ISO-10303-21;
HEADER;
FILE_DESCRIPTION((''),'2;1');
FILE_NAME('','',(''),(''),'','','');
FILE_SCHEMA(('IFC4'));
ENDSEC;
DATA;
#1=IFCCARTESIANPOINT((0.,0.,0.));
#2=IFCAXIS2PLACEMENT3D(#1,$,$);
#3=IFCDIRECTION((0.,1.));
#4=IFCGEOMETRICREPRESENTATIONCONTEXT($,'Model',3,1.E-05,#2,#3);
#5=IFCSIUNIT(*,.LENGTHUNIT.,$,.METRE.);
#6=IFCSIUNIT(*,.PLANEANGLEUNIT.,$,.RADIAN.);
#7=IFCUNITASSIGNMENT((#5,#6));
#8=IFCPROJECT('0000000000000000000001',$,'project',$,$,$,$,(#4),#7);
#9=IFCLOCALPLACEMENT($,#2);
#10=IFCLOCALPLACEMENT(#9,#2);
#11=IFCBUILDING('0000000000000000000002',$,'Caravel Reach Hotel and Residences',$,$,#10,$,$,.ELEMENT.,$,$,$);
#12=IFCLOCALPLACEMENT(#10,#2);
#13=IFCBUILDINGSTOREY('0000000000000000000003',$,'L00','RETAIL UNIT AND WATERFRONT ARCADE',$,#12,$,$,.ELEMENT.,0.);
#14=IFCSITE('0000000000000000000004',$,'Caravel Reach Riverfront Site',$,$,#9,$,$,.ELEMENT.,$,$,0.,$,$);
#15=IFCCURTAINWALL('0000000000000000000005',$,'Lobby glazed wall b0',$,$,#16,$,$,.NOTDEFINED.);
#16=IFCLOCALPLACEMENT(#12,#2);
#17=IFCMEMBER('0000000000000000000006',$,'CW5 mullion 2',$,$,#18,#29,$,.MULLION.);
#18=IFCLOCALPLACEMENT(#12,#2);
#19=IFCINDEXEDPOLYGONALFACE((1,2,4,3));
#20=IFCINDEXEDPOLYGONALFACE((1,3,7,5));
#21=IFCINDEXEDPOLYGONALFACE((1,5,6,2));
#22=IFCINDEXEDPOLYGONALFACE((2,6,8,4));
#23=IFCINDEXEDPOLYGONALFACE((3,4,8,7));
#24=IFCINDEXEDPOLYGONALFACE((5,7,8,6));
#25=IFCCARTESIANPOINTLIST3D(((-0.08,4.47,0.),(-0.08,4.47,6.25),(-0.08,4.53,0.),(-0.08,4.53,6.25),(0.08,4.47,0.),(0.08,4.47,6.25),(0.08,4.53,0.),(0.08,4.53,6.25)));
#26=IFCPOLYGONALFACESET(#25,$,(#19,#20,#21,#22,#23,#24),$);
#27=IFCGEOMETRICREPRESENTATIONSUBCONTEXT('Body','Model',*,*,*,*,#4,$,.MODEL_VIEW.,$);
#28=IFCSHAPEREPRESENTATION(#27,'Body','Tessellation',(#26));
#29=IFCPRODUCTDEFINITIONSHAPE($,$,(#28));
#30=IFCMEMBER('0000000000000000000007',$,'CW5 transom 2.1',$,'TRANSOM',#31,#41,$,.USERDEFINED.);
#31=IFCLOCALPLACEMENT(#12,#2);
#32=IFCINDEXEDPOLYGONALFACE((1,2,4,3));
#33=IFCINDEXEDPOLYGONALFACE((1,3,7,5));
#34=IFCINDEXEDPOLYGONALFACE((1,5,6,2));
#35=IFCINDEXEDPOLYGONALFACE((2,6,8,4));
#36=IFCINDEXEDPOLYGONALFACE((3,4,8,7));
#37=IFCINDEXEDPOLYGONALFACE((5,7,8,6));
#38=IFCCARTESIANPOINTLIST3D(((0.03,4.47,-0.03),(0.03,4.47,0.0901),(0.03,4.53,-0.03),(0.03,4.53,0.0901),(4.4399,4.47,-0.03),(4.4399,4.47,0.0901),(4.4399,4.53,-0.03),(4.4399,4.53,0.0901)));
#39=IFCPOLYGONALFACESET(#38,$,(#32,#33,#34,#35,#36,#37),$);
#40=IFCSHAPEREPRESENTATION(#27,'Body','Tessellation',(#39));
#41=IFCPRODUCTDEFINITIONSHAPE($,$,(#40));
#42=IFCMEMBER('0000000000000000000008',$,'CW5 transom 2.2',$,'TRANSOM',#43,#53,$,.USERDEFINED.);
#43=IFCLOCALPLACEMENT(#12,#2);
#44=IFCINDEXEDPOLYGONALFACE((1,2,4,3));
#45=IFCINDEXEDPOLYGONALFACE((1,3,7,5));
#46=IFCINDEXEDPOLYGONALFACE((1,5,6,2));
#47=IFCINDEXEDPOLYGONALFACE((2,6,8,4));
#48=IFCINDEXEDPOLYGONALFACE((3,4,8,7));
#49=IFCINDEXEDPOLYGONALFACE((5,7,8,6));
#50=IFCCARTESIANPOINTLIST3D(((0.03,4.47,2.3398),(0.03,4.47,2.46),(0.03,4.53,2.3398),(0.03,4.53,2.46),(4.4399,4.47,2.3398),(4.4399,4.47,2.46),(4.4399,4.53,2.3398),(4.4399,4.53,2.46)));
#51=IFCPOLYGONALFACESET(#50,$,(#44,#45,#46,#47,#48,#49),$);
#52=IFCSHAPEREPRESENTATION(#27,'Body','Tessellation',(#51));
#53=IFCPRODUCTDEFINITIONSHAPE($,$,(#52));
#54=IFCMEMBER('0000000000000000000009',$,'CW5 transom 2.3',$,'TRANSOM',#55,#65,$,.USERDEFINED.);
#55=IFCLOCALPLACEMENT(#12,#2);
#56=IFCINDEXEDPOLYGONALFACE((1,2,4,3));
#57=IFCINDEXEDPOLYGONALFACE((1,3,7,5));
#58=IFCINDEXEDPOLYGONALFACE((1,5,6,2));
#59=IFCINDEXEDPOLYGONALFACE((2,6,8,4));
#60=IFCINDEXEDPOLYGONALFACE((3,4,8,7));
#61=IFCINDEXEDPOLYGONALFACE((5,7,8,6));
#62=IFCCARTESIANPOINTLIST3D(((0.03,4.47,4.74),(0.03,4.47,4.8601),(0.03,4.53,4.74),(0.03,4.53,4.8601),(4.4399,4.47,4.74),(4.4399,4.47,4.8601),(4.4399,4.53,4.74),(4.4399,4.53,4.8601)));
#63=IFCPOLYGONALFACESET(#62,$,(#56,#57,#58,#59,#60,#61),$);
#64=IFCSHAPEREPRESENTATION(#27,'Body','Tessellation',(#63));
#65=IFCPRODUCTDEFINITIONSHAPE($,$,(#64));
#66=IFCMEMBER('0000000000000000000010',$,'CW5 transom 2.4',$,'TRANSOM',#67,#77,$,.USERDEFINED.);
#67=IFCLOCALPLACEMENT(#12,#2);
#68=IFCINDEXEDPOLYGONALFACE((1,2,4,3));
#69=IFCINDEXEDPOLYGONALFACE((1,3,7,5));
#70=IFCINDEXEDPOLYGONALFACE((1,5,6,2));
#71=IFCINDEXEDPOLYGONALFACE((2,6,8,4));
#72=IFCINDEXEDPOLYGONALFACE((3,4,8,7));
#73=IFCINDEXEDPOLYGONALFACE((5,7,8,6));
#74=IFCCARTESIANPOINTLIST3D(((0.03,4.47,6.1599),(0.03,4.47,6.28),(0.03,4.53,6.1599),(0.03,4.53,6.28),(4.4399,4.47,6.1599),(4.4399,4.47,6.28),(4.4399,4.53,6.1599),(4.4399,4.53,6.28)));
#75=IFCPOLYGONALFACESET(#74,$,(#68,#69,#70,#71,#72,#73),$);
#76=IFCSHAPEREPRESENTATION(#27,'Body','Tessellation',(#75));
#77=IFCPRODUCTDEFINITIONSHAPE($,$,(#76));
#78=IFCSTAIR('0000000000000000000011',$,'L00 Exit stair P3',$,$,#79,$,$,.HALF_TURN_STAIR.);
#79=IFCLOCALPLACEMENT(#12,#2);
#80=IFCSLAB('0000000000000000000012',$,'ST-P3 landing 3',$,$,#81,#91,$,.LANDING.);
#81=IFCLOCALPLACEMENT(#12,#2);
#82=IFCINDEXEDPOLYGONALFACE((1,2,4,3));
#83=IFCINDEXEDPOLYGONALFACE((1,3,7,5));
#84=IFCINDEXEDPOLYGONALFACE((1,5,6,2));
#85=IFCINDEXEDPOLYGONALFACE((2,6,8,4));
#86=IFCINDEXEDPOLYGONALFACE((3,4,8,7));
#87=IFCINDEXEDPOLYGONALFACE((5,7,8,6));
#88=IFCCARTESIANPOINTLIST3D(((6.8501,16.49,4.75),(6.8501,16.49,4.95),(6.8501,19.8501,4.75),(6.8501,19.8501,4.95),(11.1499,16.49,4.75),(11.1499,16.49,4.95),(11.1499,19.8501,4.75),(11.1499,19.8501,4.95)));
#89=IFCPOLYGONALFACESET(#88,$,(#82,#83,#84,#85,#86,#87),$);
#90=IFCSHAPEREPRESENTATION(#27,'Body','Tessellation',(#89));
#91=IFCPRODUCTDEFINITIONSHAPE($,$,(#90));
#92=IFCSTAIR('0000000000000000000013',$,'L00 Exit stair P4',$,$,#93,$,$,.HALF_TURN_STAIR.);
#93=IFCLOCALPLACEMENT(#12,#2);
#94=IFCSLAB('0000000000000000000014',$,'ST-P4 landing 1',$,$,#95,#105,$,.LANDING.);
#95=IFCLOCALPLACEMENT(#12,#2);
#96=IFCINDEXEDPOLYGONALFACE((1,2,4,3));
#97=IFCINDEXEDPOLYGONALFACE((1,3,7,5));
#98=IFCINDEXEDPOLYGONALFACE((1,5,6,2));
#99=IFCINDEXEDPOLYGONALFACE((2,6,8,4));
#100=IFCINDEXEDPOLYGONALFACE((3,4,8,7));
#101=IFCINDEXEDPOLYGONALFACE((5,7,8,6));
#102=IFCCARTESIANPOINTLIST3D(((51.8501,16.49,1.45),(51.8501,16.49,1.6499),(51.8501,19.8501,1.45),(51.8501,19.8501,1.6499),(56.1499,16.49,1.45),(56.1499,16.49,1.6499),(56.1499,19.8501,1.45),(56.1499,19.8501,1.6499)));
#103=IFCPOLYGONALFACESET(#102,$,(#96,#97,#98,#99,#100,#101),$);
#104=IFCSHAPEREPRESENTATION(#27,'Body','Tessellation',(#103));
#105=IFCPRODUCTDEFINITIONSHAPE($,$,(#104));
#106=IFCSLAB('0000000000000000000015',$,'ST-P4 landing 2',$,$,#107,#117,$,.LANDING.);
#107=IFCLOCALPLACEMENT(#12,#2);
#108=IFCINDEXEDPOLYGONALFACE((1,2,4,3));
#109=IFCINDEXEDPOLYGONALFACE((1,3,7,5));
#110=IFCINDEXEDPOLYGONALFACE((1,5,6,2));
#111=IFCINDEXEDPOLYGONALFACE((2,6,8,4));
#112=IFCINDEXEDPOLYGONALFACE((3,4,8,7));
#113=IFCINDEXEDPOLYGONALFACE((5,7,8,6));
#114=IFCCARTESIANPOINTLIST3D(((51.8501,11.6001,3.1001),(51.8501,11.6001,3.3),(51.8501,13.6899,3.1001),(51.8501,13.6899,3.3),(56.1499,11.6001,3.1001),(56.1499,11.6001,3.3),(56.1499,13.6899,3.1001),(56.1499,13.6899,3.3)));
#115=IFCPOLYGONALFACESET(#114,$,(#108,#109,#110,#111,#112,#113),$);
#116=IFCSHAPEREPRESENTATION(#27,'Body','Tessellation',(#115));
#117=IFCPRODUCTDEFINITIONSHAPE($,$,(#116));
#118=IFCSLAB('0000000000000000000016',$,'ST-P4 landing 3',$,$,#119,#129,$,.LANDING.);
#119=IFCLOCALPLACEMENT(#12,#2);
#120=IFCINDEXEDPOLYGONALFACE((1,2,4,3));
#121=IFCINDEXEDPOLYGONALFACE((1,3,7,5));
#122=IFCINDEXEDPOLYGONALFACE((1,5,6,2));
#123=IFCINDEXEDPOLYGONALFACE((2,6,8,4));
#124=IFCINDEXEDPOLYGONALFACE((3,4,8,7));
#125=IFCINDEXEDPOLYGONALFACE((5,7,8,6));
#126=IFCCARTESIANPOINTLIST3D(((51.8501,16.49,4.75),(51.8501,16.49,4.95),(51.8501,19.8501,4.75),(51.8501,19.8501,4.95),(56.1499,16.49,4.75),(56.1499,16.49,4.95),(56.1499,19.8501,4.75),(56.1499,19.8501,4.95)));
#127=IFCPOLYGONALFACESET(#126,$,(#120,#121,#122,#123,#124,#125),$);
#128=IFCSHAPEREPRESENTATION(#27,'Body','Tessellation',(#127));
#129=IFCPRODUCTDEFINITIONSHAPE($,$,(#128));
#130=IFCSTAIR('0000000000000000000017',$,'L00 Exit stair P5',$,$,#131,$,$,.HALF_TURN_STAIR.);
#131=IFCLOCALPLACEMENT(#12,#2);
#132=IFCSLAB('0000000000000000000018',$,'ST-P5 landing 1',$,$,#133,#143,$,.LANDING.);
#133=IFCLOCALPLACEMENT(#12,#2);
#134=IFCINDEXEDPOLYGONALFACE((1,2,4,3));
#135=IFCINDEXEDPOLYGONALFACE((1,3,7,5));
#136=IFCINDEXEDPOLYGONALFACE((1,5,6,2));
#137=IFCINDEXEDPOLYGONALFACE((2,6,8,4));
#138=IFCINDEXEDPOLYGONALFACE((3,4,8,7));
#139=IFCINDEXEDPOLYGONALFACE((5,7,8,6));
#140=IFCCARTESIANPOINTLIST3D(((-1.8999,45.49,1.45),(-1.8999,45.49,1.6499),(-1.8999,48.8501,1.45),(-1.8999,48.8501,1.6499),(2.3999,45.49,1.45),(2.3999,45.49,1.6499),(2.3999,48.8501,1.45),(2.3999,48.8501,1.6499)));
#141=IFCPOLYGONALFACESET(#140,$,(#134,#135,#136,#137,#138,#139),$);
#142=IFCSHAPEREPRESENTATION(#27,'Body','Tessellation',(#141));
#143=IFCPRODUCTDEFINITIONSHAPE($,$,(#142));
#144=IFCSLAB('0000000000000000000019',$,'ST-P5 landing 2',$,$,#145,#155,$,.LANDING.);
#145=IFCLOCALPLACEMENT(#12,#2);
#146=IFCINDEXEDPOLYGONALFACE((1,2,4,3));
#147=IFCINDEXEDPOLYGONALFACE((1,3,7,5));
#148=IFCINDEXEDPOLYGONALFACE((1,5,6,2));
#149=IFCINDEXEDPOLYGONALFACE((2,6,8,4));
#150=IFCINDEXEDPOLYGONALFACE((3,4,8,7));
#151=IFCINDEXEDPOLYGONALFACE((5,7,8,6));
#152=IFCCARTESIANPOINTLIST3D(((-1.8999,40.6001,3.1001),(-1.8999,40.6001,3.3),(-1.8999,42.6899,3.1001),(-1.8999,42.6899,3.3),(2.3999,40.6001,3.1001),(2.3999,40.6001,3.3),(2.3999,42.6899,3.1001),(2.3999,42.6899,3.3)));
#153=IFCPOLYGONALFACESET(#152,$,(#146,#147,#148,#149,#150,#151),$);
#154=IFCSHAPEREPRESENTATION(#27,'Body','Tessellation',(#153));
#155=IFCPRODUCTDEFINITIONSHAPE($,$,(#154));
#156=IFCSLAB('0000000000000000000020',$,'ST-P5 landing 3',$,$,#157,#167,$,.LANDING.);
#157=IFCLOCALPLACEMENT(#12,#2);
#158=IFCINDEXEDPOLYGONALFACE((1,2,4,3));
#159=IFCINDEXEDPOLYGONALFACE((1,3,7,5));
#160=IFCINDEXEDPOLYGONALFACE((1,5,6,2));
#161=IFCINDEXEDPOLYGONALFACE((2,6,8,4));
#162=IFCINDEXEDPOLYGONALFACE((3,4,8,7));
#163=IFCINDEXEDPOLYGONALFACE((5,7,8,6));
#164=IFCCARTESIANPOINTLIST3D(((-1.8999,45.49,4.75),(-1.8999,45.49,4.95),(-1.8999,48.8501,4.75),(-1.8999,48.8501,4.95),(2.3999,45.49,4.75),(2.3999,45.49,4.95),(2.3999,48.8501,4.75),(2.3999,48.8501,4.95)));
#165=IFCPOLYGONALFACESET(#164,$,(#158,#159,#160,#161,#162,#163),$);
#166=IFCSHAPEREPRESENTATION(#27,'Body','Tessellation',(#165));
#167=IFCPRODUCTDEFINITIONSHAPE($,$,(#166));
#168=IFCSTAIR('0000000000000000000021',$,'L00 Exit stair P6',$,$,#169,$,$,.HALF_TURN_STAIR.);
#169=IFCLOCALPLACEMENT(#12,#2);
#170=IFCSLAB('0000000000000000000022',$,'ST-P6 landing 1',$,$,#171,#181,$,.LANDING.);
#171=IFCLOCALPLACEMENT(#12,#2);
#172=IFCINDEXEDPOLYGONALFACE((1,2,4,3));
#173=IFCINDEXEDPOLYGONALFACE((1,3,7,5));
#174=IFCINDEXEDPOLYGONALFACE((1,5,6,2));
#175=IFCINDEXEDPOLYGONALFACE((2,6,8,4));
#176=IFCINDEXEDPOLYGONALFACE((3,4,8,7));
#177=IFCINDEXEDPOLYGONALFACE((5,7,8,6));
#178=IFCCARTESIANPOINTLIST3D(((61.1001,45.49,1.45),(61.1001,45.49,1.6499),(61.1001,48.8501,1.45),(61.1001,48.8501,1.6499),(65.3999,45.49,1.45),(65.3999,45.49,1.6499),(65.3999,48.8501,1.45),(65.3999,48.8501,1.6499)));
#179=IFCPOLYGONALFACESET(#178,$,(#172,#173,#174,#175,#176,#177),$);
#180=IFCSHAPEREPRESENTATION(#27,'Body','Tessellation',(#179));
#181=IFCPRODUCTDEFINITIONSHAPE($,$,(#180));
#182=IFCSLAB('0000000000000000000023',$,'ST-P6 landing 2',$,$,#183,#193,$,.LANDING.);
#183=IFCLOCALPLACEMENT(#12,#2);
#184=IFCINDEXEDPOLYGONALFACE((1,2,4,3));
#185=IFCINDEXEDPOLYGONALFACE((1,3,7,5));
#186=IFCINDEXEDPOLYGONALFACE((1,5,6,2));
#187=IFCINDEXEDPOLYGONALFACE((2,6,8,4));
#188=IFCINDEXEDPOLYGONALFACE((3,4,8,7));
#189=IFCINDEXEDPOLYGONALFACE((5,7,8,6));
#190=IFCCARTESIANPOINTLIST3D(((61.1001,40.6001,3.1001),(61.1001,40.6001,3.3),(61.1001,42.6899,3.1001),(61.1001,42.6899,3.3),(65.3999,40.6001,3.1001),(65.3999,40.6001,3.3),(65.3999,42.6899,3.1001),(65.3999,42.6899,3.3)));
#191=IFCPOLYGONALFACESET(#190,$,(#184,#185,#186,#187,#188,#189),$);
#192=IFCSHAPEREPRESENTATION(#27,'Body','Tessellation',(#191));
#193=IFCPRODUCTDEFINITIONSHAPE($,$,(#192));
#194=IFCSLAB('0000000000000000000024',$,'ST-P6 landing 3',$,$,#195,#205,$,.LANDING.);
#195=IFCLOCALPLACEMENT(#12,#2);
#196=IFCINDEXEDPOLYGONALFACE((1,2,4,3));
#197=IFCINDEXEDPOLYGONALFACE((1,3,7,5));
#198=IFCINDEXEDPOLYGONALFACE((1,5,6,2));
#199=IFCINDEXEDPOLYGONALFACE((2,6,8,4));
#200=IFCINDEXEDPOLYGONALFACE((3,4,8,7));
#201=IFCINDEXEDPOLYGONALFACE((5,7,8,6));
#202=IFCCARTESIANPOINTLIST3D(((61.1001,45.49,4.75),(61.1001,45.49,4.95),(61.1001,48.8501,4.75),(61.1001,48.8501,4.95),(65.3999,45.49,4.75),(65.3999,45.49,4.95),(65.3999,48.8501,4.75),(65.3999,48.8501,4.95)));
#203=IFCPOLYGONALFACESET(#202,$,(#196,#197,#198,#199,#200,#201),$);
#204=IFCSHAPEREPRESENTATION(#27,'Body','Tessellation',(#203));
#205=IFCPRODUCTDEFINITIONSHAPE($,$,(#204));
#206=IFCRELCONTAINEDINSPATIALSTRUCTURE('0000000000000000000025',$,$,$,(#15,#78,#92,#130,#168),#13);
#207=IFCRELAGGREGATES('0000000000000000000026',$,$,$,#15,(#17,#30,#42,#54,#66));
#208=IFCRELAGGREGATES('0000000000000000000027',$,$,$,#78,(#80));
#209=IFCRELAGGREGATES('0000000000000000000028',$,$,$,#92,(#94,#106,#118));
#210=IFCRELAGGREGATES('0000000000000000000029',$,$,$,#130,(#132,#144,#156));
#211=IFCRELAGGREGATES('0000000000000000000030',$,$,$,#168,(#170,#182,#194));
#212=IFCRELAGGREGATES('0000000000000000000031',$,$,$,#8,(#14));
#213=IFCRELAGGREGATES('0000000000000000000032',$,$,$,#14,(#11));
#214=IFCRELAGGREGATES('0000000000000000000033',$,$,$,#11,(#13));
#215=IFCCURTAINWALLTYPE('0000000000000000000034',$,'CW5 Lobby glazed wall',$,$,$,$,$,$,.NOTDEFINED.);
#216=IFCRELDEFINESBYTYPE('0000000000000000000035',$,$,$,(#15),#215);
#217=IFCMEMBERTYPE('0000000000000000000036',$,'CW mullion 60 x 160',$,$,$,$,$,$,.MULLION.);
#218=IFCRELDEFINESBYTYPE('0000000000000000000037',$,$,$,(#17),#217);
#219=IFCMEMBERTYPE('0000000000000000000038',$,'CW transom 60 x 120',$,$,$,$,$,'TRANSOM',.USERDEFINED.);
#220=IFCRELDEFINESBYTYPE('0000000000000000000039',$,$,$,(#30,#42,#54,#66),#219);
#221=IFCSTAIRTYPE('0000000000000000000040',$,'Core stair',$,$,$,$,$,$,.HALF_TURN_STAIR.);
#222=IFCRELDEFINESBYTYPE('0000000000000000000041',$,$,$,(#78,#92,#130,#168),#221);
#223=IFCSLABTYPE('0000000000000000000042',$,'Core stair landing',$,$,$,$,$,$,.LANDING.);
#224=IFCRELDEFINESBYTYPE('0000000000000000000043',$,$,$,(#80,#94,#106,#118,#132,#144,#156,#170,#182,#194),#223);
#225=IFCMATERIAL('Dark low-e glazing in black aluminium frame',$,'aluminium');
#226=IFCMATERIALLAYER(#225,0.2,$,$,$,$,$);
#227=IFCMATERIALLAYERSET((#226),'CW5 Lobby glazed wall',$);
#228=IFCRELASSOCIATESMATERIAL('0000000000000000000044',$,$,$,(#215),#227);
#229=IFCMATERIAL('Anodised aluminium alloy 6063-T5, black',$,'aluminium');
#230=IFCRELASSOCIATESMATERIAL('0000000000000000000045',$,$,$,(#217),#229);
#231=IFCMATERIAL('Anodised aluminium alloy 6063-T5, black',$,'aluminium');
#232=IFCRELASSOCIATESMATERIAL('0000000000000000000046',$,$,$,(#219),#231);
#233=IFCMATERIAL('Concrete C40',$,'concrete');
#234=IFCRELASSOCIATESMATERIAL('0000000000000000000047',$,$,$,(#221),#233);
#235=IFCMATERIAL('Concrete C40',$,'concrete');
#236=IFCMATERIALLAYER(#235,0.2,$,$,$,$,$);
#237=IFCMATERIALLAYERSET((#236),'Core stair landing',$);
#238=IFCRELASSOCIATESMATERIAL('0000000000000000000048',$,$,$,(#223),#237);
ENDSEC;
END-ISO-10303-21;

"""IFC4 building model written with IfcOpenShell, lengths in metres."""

from ifc_helpers import new_model, si_unit, direction, frame, origin, origin_2d, place, context, subcontext, project, spatial, polyline, rectangle, outline, extrude, material, layer, layer_set, material_profile, profile_set, type_object, element, aggregate, save


model = new_model("IFC4")

# Units and contexts
model_context = context("Model", 3, precision=1e-05, world=origin(), true_north=direction((0.0, 1.0)))
body_context = subcontext(model_context, "Body", "Model", "MODEL_VIEW")
ifc_project = project(units=[si_unit("LENGTHUNIT", "METRE"), si_unit("PLANEANGLEUNIT", "RADIAN")], contexts=[model_context])

# Site, building, storey
site_placement = place(None, origin())
site = spatial("IfcSite", under=ifc_project, at=site_placement, Name="Caravel Reach Riverfront Site", CompositionType="ELEMENT", RefElevation=0.0)
building_placement = place(site_placement, origin())
building = spatial("IfcBuilding", under=site, at=building_placement, Name="Caravel Reach Hotel and Residences", CompositionType="ELEMENT")
storey_placement = place(building_placement, origin())
storey = spatial("IfcBuildingStorey", under=building, at=storey_placement, Name="L00", Description="RETAIL UNIT AND WATERFRONT ARCADE", CompositionType="ELEMENT", Elevation=0.0)

# Curtain wall, members
ifc_material_1 = material(Name="Dark low-e glazing in black aluminium frame", Category="aluminium")
ifc_layer_1 = layer(ifc_material_1, 0.2)
ifc_layer_set_1 = layer_set([ifc_layer_1], Name="CW5 Lobby glazed wall")
curtain_wall_type = type_object("IfcCurtainWallType", Name="CW5 Lobby glazed wall", PredefinedType="NOTDEFINED", material=ifc_layer_set_1)
curtain_wall_placement = place(storey_placement, origin())
curtain_wall = element("IfcCurtainWall", 1, at=curtain_wall_placement, inside=storey, type_object=curtain_wall_type, Name="Lobby glazed wall b0", PredefinedType="NOTDEFINED")
ifc_material_2 = material(Name="Anodised aluminium alloy 6063-T5, black", Category="aluminium")
ifc_material_profile_1 = material_profile(ifc_material_2, rectangle(XDim=0.0601, YDim=0.1599, at=origin_2d()), Name="CW mullion 60 x 160")
ifc_profile_set_1 = profile_set([ifc_material_profile_1], Name="Anodised aluminium alloy 6063-T5, black")
member_type_1 = type_object("IfcMemberType", Name="CW mullion 60 x 160", PredefinedType="MULLION", material=ifc_profile_set_1)
member_1_placement = place(storey_placement, frame((0.0, 4.5, 0.0), z_axis=(0.0, 0.0, 1.0), x_axis=(0.0, 1.0, 0.0)))
member_1 = element("IfcMember", 2, at=member_1_placement, type_object=member_type_1, Name="CW5 mullion 2", PredefinedType="MULLION", context=body_context, shape_type="SweptSolid", body=[
    extrude(rectangle(XDim=0.0601, YDim=0.1599, at=origin_2d()), origin(), (0.0, 0.0, 1.0), 6.25),
])
ifc_material_3 = material(Name="Anodised aluminium alloy 6063-T5, black", Category="aluminium")
ifc_material_profile_2 = material_profile(ifc_material_3, rectangle(XDim=0.0601, YDim=0.1201, at=origin_2d()), Name="CW transom 60 x 120")
ifc_profile_set_2 = profile_set([ifc_material_profile_2], Name="Anodised aluminium alloy 6063-T5, black")
member_type_2 = type_object("IfcMemberType", Name="CW transom 60 x 120", ElementType="TRANSOM", PredefinedType="USERDEFINED", material=ifc_profile_set_2)
member_2_placement = place(storey_placement, frame((0.03, 4.5, 0.03), z_axis=(1.0, 0.0, 0.0), x_axis=(0.0, 1.0, 0.0)))
member_2 = element("IfcMember", 3, at=member_2_placement, type_object=member_type_2, Name="CW5 transom 2.1", ObjectType="TRANSOM", PredefinedType="USERDEFINED", context=body_context, shape_type="SweptSolid", body=[
    extrude(rectangle(XDim=0.0601, YDim=0.1201, at=origin_2d()), origin(), (0.0, 0.0, 1.0), 4.4099),
])
member_3_placement = place(storey_placement, frame((0.03, 4.5, 2.3999), z_axis=(1.0, 0.0, 0.0), x_axis=(0.0, 1.0, 0.0)))
member_3 = element("IfcMember", 4, at=member_3_placement, type_object=member_type_2, Name="CW5 transom 2.2", ObjectType="TRANSOM", PredefinedType="USERDEFINED", context=body_context, shape_type="SweptSolid", body=[
    extrude(rectangle(XDim=0.0601, YDim=0.1201, at=origin_2d()), origin(), (0.0, 0.0, 1.0), 4.4099),
])
member_4_placement = place(storey_placement, frame((0.03, 4.5, 4.8), z_axis=(1.0, 0.0, 0.0), x_axis=(0.0, 1.0, 0.0)))
member_4 = element("IfcMember", 5, at=member_4_placement, type_object=member_type_2, Name="CW5 transom 2.3", ObjectType="TRANSOM", PredefinedType="USERDEFINED", context=body_context, shape_type="SweptSolid", body=[
    extrude(rectangle(XDim=0.0601, YDim=0.1201, at=origin_2d()), origin(), (0.0, 0.0, 1.0), 4.4099),
])
member_5_placement = place(storey_placement, frame((0.03, 4.5, 6.22), z_axis=(1.0, 0.0, 0.0), x_axis=(0.0, 1.0, 0.0)))
member_5 = element("IfcMember", 6, at=member_5_placement, type_object=member_type_2, Name="CW5 transom 2.4", ObjectType="TRANSOM", PredefinedType="USERDEFINED", context=body_context, shape_type="SweptSolid", body=[
    extrude(rectangle(XDim=0.0601, YDim=0.1201, at=origin_2d()), origin(), (0.0, 0.0, 1.0), 4.4099),
])
aggregate(curtain_wall, [member_1, member_2, member_3, member_4, member_5])

# Stair, slab
ifc_material_4 = material(Name="Concrete C40", Category="concrete")
stair_type = type_object("IfcStairType", Name="Core stair", PredefinedType="HALF_TURN_STAIR", material=ifc_material_4)
stair_1_placement = place(storey_placement, origin())
stair_1 = element("IfcStair", 7, at=stair_1_placement, inside=storey, type_object=stair_type, Name="L00 Exit stair P3", PredefinedType="HALF_TURN_STAIR")
ifc_material_5 = material(Name="Concrete C40", Category="concrete")
ifc_layer_2 = layer(ifc_material_5, 0.2)
ifc_layer_set_2 = layer_set([ifc_layer_2], Name="Core stair landing")
slab_type = type_object("IfcSlabType", Name="Core stair landing", PredefinedType="LANDING", material=ifc_layer_set_2)
slab_1_placement = place(storey_placement, frame((0.0, 0.0, 4.75)))
slab_1 = element("IfcSlab", 8, at=slab_1_placement, type_object=slab_type, Name="ST-P3 landing 3", PredefinedType="LANDING", context=body_context, shape_type="SweptSolid", body=[
    extrude(outline(polyline([(11.1499, 16.49), (11.1499, 19.8501), (6.8501, 19.8501), (6.8501, 16.49), (11.1499, 16.49)])), origin(), (0.0, 0.0, 1.0), 0.2),
])
aggregate(stair_1, [slab_1])

# Stairs, slabs
stair_2_placement = place(storey_placement, origin())
stair_2 = element("IfcStair", 9, at=stair_2_placement, inside=storey, type_object=stair_type, Name="L00 Exit stair P4", PredefinedType="HALF_TURN_STAIR")
slab_2_placement = place(storey_placement, frame((0.0, 0.0, 1.45)))
slab_2 = element("IfcSlab", 10, at=slab_2_placement, type_object=slab_type, Name="ST-P4 landing 1", PredefinedType="LANDING", context=body_context, shape_type="SweptSolid", body=[
    extrude(outline(polyline([(56.1499, 16.49), (56.1499, 19.8501), (51.8501, 19.8501), (51.8501, 16.49), (56.1499, 16.49)])), origin(), (0.0, 0.0, 1.0), 0.2),
])
slab_3_placement = place(storey_placement, frame((0.0, 0.0, 3.1001)))
slab_3 = element("IfcSlab", 11, at=slab_3_placement, type_object=slab_type, Name="ST-P4 landing 2", PredefinedType="LANDING", context=body_context, shape_type="SweptSolid", body=[
    extrude(outline(polyline([(56.1499, 11.6001), (56.1499, 13.6899), (51.8501, 13.6899), (51.8501, 11.6001), (56.1499, 11.6001)])), origin(), (0.0, 0.0, 1.0), 0.2),
])
slab_4_placement = place(storey_placement, frame((0.0, 0.0, 4.75)))
slab_4 = element("IfcSlab", 12, at=slab_4_placement, type_object=slab_type, Name="ST-P4 landing 3", PredefinedType="LANDING", context=body_context, shape_type="SweptSolid", body=[
    extrude(outline(polyline([(56.1499, 16.49), (56.1499, 19.8501), (51.8501, 19.8501), (51.8501, 16.49), (56.1499, 16.49)])), origin(), (0.0, 0.0, 1.0), 0.2),
])
aggregate(stair_2, [slab_2, slab_3, slab_4])
stair_3_placement = place(storey_placement, origin())
stair_3 = element("IfcStair", 13, at=stair_3_placement, inside=storey, type_object=stair_type, Name="L00 Exit stair P5", PredefinedType="HALF_TURN_STAIR")
slab_5_placement = place(storey_placement, frame((0.0, 0.0, 1.45)))
slab_5 = element("IfcSlab", 14, at=slab_5_placement, type_object=slab_type, Name="ST-P5 landing 1", PredefinedType="LANDING", context=body_context, shape_type="SweptSolid", body=[
    extrude(outline(polyline([(2.3999, 45.49), (2.3999, 48.8501), (-1.8999, 48.8501), (-1.8999, 45.49), (2.3999, 45.49)])), origin(), (0.0, 0.0, 1.0), 0.2),
])
slab_6_placement = place(storey_placement, frame((0.0, 0.0, 3.1001)))
slab_6 = element("IfcSlab", 15, at=slab_6_placement, type_object=slab_type, Name="ST-P5 landing 2", PredefinedType="LANDING", context=body_context, shape_type="SweptSolid", body=[
    extrude(outline(polyline([(2.3999, 40.6001), (2.3999, 42.6899), (-1.8999, 42.6899), (-1.8999, 40.6001), (2.3999, 40.6001)])), origin(), (0.0, 0.0, 1.0), 0.2),
])
slab_7_placement = place(storey_placement, frame((0.0, 0.0, 4.75)))
slab_7 = element("IfcSlab", 16, at=slab_7_placement, type_object=slab_type, Name="ST-P5 landing 3", PredefinedType="LANDING", context=body_context, shape_type="SweptSolid", body=[
    extrude(outline(polyline([(2.3999, 45.49), (2.3999, 48.8501), (-1.8999, 48.8501), (-1.8999, 45.49), (2.3999, 45.49)])), origin(), (0.0, 0.0, 1.0), 0.2),
])
aggregate(stair_3, [slab_5, slab_6, slab_7])
stair_4_placement = place(storey_placement, origin())
stair_4 = element("IfcStair", 17, at=stair_4_placement, inside=storey, type_object=stair_type, Name="L00 Exit stair P6", PredefinedType="HALF_TURN_STAIR")
slab_8_placement = place(storey_placement, frame((0.0, 0.0, 1.45)))
slab_8 = element("IfcSlab", 18, at=slab_8_placement, type_object=slab_type, Name="ST-P6 landing 1", PredefinedType="LANDING", context=body_context, shape_type="SweptSolid", body=[
    extrude(outline(polyline([(65.3999, 45.49), (65.3999, 48.8501), (61.1001, 48.8501), (61.1001, 45.49), (65.3999, 45.49)])), origin(), (0.0, 0.0, 1.0), 0.2),
])
slab_9_placement = place(storey_placement, frame((0.0, 0.0, 3.1001)))
slab_9 = element("IfcSlab", 19, at=slab_9_placement, type_object=slab_type, Name="ST-P6 landing 2", PredefinedType="LANDING", context=body_context, shape_type="SweptSolid", body=[
    extrude(outline(polyline([(65.3999, 40.6001), (65.3999, 42.6899), (61.1001, 42.6899), (61.1001, 40.6001), (65.3999, 40.6001)])), origin(), (0.0, 0.0, 1.0), 0.2),
])
slab_10_placement = place(storey_placement, frame((0.0, 0.0, 4.75)))
slab_10 = element("IfcSlab", 20, at=slab_10_placement, type_object=slab_type, Name="ST-P6 landing 3", PredefinedType="LANDING", context=body_context, shape_type="SweptSolid", body=[
    extrude(outline(polyline([(65.3999, 45.49), (65.3999, 48.8501), (61.1001, 48.8501), (61.1001, 45.49), (65.3999, 45.49)])), origin(), (0.0, 0.0, 1.0), 0.2),
])
aggregate(stair_4, [slab_8, slab_9, slab_10])

save(model, "model.ifc")
